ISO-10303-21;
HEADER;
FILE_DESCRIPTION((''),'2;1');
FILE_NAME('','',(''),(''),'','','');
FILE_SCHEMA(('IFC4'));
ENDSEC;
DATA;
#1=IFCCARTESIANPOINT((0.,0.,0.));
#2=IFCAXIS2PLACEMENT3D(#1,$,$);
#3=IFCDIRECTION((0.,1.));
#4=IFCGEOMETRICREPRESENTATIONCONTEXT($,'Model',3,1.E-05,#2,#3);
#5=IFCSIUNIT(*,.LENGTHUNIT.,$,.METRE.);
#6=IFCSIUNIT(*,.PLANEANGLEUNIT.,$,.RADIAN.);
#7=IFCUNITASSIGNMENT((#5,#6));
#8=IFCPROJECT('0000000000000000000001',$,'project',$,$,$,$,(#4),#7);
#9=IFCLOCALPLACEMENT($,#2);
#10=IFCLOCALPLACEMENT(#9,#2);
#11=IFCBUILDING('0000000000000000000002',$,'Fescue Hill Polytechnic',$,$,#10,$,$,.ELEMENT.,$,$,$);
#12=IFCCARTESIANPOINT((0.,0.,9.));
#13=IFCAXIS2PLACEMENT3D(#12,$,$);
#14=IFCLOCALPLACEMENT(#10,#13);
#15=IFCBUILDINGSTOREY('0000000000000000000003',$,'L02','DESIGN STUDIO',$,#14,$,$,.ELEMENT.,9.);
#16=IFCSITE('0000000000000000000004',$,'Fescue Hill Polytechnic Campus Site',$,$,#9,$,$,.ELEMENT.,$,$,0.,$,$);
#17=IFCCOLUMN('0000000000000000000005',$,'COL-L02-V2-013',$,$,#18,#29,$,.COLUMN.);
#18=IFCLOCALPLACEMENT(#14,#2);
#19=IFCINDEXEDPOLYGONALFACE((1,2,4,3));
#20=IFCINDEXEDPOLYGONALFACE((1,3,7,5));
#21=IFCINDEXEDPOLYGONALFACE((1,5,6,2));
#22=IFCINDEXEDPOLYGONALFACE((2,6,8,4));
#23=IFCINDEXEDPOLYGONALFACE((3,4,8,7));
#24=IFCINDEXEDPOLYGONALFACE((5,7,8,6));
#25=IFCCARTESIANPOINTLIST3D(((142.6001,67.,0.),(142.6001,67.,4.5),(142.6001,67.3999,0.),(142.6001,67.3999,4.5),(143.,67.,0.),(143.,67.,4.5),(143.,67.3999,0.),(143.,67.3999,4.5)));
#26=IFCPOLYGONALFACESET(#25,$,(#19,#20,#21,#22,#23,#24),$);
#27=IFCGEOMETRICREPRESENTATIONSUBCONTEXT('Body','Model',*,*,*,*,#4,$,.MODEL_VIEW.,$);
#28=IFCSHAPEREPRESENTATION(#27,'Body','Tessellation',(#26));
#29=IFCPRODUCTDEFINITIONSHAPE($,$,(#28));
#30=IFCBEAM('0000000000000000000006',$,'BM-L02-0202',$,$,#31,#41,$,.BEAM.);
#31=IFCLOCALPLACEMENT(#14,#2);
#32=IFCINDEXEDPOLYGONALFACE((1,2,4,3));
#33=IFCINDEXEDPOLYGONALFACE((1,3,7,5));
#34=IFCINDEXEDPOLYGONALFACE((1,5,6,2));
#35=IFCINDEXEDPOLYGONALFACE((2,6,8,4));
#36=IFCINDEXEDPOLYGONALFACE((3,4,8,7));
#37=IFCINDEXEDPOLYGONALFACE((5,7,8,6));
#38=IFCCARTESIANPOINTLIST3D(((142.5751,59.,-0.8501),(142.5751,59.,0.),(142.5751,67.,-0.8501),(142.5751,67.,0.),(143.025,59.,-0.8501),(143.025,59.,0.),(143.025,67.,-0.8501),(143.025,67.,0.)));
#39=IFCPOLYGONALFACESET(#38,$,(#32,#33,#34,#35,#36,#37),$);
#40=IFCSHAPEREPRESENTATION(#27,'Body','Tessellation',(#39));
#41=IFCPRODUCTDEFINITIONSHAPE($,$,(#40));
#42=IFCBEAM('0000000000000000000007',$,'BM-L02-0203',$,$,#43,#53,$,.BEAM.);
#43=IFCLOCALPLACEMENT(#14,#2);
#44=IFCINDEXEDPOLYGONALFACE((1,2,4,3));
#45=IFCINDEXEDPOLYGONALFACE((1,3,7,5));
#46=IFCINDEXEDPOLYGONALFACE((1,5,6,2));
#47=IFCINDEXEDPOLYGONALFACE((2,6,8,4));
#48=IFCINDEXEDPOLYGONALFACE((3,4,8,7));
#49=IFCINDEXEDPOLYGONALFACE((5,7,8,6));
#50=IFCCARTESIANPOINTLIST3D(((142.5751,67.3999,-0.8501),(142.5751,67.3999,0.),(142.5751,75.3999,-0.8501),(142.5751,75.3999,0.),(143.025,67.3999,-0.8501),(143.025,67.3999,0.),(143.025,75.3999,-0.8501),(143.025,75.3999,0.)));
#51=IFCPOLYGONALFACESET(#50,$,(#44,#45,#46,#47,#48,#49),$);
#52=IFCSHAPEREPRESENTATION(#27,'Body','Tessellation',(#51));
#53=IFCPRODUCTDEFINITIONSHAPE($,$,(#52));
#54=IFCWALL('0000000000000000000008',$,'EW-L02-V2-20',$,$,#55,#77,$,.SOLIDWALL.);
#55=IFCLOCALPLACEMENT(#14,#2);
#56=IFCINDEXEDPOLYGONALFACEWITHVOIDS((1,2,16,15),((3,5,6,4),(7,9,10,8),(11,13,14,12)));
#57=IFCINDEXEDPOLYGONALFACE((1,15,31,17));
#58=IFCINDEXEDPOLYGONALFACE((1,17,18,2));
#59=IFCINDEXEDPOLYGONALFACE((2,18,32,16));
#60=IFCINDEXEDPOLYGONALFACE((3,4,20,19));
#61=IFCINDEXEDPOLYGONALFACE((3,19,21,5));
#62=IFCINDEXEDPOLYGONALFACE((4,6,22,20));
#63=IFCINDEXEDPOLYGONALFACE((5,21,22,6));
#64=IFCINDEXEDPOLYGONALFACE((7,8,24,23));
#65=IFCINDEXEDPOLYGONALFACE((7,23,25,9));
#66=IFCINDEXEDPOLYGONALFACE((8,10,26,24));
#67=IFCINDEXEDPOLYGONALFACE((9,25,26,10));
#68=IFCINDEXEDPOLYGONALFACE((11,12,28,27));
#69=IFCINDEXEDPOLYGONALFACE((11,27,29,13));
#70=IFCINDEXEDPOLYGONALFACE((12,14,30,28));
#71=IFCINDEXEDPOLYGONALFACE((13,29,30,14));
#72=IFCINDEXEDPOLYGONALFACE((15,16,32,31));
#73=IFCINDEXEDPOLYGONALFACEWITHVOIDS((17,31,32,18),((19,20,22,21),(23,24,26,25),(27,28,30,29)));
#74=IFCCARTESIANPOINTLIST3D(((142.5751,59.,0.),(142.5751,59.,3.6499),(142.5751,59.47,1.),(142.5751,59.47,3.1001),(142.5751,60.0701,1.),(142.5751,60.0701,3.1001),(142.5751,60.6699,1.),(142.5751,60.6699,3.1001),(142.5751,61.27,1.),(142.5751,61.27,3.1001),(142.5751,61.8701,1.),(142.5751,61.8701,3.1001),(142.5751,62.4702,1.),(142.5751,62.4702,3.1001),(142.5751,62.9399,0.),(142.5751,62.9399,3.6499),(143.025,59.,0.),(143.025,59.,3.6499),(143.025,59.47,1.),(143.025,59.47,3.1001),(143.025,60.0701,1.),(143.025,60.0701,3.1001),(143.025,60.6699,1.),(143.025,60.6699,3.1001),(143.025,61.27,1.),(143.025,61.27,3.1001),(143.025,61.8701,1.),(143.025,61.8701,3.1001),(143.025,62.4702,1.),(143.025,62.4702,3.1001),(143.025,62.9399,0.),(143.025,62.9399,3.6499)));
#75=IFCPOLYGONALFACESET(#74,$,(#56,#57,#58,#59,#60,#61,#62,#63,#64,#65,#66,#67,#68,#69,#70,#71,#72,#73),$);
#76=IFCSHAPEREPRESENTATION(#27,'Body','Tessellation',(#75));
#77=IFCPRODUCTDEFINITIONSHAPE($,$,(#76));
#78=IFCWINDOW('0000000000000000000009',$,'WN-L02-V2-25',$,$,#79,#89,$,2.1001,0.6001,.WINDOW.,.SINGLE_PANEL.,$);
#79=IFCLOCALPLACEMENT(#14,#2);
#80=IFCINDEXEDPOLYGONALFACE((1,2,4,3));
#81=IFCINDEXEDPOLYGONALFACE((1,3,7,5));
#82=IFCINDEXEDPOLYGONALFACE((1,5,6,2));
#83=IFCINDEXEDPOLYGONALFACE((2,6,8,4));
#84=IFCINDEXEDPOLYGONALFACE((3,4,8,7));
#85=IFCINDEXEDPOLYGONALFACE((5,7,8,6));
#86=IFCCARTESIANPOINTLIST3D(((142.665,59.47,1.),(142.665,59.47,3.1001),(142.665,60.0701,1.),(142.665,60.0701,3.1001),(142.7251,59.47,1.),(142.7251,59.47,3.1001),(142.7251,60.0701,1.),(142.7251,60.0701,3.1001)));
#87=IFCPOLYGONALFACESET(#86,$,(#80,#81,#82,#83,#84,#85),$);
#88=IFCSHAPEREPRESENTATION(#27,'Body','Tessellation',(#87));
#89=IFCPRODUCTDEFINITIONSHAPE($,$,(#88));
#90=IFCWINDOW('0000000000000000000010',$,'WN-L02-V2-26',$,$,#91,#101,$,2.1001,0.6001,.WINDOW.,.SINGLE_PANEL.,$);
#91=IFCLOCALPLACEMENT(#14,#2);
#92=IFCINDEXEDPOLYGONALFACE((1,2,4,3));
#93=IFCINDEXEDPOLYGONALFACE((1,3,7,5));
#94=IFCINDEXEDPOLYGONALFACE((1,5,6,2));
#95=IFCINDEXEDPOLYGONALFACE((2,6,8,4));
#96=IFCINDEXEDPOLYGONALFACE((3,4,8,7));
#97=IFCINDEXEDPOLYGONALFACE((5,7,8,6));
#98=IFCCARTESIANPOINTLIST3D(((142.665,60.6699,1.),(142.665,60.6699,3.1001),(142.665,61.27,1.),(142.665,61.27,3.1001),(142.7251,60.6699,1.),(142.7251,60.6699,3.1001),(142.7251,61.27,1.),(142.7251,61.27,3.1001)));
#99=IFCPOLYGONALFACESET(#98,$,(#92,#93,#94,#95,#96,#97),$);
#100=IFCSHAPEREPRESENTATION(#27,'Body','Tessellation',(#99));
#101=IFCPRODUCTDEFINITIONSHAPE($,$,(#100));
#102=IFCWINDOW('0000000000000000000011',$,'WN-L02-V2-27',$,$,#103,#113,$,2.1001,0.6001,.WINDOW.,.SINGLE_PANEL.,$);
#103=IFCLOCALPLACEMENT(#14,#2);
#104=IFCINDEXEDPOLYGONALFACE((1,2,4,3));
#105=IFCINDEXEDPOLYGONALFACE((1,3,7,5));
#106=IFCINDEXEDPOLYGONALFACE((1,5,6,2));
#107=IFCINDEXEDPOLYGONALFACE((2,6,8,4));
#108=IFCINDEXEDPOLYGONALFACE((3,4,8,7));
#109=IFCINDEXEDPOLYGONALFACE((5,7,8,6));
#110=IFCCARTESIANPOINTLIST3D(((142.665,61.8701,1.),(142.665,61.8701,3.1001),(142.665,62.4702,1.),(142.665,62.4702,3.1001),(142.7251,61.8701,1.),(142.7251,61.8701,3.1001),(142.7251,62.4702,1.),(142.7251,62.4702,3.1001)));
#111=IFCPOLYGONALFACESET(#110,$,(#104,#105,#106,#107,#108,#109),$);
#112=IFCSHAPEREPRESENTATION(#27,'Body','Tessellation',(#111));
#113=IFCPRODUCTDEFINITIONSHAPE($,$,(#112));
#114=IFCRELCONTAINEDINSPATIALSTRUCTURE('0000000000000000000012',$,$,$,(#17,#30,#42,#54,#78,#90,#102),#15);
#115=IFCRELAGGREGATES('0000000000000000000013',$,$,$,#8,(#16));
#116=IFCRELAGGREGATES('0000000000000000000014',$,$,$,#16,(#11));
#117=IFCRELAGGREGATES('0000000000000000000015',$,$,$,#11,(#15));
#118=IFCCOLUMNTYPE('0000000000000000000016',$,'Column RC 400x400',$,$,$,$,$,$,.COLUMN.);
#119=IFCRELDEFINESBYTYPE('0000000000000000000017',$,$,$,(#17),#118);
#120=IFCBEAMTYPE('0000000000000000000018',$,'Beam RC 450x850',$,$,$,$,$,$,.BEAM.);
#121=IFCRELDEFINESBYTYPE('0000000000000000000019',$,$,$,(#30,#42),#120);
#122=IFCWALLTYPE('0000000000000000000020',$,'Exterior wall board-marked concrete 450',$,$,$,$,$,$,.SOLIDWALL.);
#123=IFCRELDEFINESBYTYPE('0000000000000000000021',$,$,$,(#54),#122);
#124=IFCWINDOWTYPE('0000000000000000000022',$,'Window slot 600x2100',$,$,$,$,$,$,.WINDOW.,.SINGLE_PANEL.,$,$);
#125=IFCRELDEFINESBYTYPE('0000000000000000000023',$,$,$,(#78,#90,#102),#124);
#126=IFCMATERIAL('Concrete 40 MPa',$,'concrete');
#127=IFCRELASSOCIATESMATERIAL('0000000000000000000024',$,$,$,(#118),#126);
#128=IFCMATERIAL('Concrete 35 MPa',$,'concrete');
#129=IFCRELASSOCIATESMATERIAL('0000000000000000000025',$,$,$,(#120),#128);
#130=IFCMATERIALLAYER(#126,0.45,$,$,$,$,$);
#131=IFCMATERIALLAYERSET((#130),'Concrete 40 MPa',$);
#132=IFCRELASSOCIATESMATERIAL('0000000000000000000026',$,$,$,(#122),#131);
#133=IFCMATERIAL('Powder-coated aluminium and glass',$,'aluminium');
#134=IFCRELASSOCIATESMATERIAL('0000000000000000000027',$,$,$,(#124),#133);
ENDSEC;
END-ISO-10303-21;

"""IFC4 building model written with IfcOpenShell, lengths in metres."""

from ifc_helpers import new_model, si_unit, direction, frame, frame_2d, origin, origin_2d, place, context, subcontext, project, spatial, rectangle, extrude, material, layer, layer_set, material_profile, profile_set, type_object, element, fill, save


model = new_model("IFC4")

# Units and contexts
model_context = context("Model", 3, precision=1e-05, world=origin(), true_north=direction((0.0, 1.0)))
body_context = subcontext(model_context, "Body", "Model", "MODEL_VIEW")
ifc_project = project(units=[si_unit("LENGTHUNIT", "METRE"), si_unit("PLANEANGLEUNIT", "RADIAN")], contexts=[model_context])

# Site, building, storey
site_placement = place(None, origin())
site = spatial("IfcSite", under=ifc_project, at=site_placement, Name="Fescue Hill Polytechnic Campus Site", CompositionType="ELEMENT", RefElevation=0.0)
building_placement = place(site_placement, origin())
building = spatial("IfcBuilding", under=site, at=building_placement, Name="Fescue Hill Polytechnic", CompositionType="ELEMENT")
storey_placement = place(building_placement, frame((0.0, 0.0, 9.0)))
storey = spatial("IfcBuildingStorey", under=building, at=storey_placement, Name="L02", Description="DESIGN STUDIO", CompositionType="ELEMENT", Elevation=9.0)

# Column
ifc_material_1 = material(Name="Concrete 40 MPa", Category="concrete")
ifc_material_profile_1 = material_profile(ifc_material_1, rectangle(XDim=0.3999, YDim=0.3999, at=origin_2d()), Name="RC 400x400")
ifc_profile_set_1 = profile_set([ifc_material_profile_1], Name="Concrete 40 MPa")
column_type = type_object("IfcColumnType", Name="Column RC 400x400", PredefinedType="COLUMN", material=ifc_profile_set_1)
column_placement = place(storey_placement, frame((142.8, 67.2, 0.0), z_axis=(0.0, 0.0, 1.0), x_axis=(1.0, 0.0, 0.0)))
element("IfcColumn", 1, at=column_placement, inside=storey, type_object=column_type, Name="COL-L02-V2-013", PredefinedType="COLUMN", context=body_context, shape_type="SweptSolid", body=[
    extrude(rectangle(XDim=0.3999, YDim=0.3999, at=origin_2d()), origin(), (0.0, 0.0, 1.0), 4.5),
])

# Beams
ifc_material_2 = material(Name="Concrete 35 MPa", Category="concrete")
ifc_material_profile_2 = material_profile(ifc_material_2, rectangle(XDim=0.45, YDim=0.8501, at=origin_2d()), Name="RC 450x850")
ifc_profile_set_2 = profile_set([ifc_material_profile_2], Name="Concrete 35 MPa")
beam_type = type_object("IfcBeamType", Name="Beam RC 450x850", PredefinedType="BEAM", material=ifc_profile_set_2)
for number, where, z_axis, x_axis, name in (
    (2, (142.8, 59.0, -0.425), (0.0, 1.0, 0.0), (-1.0, 0.0, 0.0), "BM-L02-0202"),
    (3, (142.8, 67.3999, -0.425), (0.0, 1.0, 0.0), (-1.0, 0.0, 0.0), "BM-L02-0203"),
):
    element("IfcBeam", number, at=place(storey_placement, frame(where, z_axis=z_axis, x_axis=x_axis)), inside=storey, type_object=beam_type, Name=name, PredefinedType="BEAM", context=body_context, shape_type="SweptSolid", body=[
        extrude(rectangle(XDim=0.45, YDim=0.8501, at=origin_2d()), origin(), (0.0, 0.0, 1.0), 8.0),
    ])

# Wall, openings, windows
ifc_layer_1 = layer(ifc_material_1, 0.45)
ifc_layer_set_1 = layer_set([ifc_layer_1], Name="Concrete 40 MPa")
wall_type_1 = type_object("IfcWallType", Name="Exterior wall board-marked concrete 450", PredefinedType="SOLIDWALL", material=ifc_layer_set_1)
wall_1_placement = place(storey_placement, frame((142.8, 59.0, 0.0), z_axis=(0.0, 0.0, 1.0), x_axis=(0.0, 1.0, 0.0)))
wall_1 = element("IfcWall", 4, at=wall_1_placement, inside=storey, type_object=wall_type_1, Name="EW-L02-V2-20", PredefinedType="SOLIDWALL", context=body_context, shape_type="SweptSolid", body=[
    extrude(rectangle(XDim=3.9399, YDim=0.45, at=frame_2d((1.97, 0.0))), origin(), (0.0, 0.0, 1.0), 3.6499),
])
opening_1_placement = place(wall_1_placement, frame((0.47, 0.0, 1.0)))
opening_1 = element("IfcOpeningElement", 5, at=opening_1_placement, cuts=wall_1, PredefinedType="OPENING", context=body_context, shape_type="SweptSolid", body=[
    extrude(rectangle(XDim=0.6001, YDim=2.1001, at=frame_2d((0.3, 1.05))), frame((0.0, 0.2349, 0.0), z_axis=(0.0, -1.0, 0.0), x_axis=(1.0, 0.0, 0.0)), (0.0, 0.0, 1.0), 0.47),
])
opening_2_placement = place(wall_1_placement, frame((1.6699, 0.0, 1.0)))
opening_2 = element("IfcOpeningElement", 6, at=opening_2_placement, cuts=wall_1, PredefinedType="OPENING", context=body_context, shape_type="SweptSolid", body=[
    extrude(rectangle(XDim=0.6001, YDim=2.1001, at=frame_2d((0.3, 1.05))), frame((0.0, 0.2349, 0.0), z_axis=(0.0, -1.0, 0.0), x_axis=(1.0, 0.0, 0.0)), (0.0, 0.0, 1.0), 0.47),
])
opening_3_placement = place(wall_1_placement, frame((2.8701, 0.0, 1.0)))
opening_3 = element("IfcOpeningElement", 7, at=opening_3_placement, cuts=wall_1, PredefinedType="OPENING", context=body_context, shape_type="SweptSolid", body=[
    extrude(rectangle(XDim=0.6001, YDim=2.1001, at=frame_2d((0.3, 1.05))), frame((0.0, 0.2349, 0.0), z_axis=(0.0, -1.0, 0.0), x_axis=(1.0, 0.0, 0.0)), (0.0, 0.0, 1.0), 0.47),
])
ifc_material_3 = material(Name="Powder-coated aluminium and glass", Category="aluminium")
window_type = type_object("IfcWindowType", Name="Window slot 600x2100", PartitioningType="SINGLE_PANEL", PredefinedType="WINDOW", material=ifc_material_3)
window_1_placement = place(opening_1_placement, origin())
window_1 = element("IfcWindow", 8, at=window_1_placement, inside=storey, type_object=window_type, Name="WN-L02-V2-25", OverallHeight=2.1001, OverallWidth=0.6001, PartitioningType="SINGLE_PANEL", PredefinedType="WINDOW", context=body_context, shape_type="SweptSolid", body=[
    extrude(rectangle(XDim=0.6001, YDim=2.1001, at=frame_2d((0.3, 1.05))), frame((0.0, 0.135, 0.0), z_axis=(0.0, -1.0, 0.0), x_axis=(1.0, 0.0, 0.0)), (0.0, 0.0, 1.0), 0.0601),
])
fill(opening_1, window_1)
window_2_placement = place(opening_2_placement, origin())
window_2 = element("IfcWindow", 9, at=window_2_placement, inside=storey, type_object=window_type, Name="WN-L02-V2-26", OverallHeight=2.1001, OverallWidth=0.6001, PartitioningType="SINGLE_PANEL", PredefinedType="WINDOW", context=body_context, shape_type="SweptSolid", body=[
    extrude(rectangle(XDim=0.6001, YDim=2.1001, at=frame_2d((0.3, 1.05))), frame((0.0, 0.135, 0.0), z_axis=(0.0, -1.0, 0.0), x_axis=(1.0, 0.0, 0.0)), (0.0, 0.0, 1.0), 0.0601),
])
fill(opening_2, window_2)
window_3_placement = place(opening_3_placement, origin())
window_3 = element("IfcWindow", 10, at=window_3_placement, inside=storey, type_object=window_type, Name="WN-L02-V2-27", OverallHeight=2.1001, OverallWidth=0.6001, PartitioningType="SINGLE_PANEL", PredefinedType="WINDOW", context=body_context, shape_type="SweptSolid", body=[
    extrude(rectangle(XDim=0.6001, YDim=2.1001, at=frame_2d((0.3, 1.05))), frame((0.0, 0.135, 0.0), z_axis=(0.0, -1.0, 0.0), x_axis=(1.0, 0.0, 0.0)), (0.0, 0.0, 1.0), 0.0601),
])
fill(opening_3, window_3)

save(model, "model.ifc")
